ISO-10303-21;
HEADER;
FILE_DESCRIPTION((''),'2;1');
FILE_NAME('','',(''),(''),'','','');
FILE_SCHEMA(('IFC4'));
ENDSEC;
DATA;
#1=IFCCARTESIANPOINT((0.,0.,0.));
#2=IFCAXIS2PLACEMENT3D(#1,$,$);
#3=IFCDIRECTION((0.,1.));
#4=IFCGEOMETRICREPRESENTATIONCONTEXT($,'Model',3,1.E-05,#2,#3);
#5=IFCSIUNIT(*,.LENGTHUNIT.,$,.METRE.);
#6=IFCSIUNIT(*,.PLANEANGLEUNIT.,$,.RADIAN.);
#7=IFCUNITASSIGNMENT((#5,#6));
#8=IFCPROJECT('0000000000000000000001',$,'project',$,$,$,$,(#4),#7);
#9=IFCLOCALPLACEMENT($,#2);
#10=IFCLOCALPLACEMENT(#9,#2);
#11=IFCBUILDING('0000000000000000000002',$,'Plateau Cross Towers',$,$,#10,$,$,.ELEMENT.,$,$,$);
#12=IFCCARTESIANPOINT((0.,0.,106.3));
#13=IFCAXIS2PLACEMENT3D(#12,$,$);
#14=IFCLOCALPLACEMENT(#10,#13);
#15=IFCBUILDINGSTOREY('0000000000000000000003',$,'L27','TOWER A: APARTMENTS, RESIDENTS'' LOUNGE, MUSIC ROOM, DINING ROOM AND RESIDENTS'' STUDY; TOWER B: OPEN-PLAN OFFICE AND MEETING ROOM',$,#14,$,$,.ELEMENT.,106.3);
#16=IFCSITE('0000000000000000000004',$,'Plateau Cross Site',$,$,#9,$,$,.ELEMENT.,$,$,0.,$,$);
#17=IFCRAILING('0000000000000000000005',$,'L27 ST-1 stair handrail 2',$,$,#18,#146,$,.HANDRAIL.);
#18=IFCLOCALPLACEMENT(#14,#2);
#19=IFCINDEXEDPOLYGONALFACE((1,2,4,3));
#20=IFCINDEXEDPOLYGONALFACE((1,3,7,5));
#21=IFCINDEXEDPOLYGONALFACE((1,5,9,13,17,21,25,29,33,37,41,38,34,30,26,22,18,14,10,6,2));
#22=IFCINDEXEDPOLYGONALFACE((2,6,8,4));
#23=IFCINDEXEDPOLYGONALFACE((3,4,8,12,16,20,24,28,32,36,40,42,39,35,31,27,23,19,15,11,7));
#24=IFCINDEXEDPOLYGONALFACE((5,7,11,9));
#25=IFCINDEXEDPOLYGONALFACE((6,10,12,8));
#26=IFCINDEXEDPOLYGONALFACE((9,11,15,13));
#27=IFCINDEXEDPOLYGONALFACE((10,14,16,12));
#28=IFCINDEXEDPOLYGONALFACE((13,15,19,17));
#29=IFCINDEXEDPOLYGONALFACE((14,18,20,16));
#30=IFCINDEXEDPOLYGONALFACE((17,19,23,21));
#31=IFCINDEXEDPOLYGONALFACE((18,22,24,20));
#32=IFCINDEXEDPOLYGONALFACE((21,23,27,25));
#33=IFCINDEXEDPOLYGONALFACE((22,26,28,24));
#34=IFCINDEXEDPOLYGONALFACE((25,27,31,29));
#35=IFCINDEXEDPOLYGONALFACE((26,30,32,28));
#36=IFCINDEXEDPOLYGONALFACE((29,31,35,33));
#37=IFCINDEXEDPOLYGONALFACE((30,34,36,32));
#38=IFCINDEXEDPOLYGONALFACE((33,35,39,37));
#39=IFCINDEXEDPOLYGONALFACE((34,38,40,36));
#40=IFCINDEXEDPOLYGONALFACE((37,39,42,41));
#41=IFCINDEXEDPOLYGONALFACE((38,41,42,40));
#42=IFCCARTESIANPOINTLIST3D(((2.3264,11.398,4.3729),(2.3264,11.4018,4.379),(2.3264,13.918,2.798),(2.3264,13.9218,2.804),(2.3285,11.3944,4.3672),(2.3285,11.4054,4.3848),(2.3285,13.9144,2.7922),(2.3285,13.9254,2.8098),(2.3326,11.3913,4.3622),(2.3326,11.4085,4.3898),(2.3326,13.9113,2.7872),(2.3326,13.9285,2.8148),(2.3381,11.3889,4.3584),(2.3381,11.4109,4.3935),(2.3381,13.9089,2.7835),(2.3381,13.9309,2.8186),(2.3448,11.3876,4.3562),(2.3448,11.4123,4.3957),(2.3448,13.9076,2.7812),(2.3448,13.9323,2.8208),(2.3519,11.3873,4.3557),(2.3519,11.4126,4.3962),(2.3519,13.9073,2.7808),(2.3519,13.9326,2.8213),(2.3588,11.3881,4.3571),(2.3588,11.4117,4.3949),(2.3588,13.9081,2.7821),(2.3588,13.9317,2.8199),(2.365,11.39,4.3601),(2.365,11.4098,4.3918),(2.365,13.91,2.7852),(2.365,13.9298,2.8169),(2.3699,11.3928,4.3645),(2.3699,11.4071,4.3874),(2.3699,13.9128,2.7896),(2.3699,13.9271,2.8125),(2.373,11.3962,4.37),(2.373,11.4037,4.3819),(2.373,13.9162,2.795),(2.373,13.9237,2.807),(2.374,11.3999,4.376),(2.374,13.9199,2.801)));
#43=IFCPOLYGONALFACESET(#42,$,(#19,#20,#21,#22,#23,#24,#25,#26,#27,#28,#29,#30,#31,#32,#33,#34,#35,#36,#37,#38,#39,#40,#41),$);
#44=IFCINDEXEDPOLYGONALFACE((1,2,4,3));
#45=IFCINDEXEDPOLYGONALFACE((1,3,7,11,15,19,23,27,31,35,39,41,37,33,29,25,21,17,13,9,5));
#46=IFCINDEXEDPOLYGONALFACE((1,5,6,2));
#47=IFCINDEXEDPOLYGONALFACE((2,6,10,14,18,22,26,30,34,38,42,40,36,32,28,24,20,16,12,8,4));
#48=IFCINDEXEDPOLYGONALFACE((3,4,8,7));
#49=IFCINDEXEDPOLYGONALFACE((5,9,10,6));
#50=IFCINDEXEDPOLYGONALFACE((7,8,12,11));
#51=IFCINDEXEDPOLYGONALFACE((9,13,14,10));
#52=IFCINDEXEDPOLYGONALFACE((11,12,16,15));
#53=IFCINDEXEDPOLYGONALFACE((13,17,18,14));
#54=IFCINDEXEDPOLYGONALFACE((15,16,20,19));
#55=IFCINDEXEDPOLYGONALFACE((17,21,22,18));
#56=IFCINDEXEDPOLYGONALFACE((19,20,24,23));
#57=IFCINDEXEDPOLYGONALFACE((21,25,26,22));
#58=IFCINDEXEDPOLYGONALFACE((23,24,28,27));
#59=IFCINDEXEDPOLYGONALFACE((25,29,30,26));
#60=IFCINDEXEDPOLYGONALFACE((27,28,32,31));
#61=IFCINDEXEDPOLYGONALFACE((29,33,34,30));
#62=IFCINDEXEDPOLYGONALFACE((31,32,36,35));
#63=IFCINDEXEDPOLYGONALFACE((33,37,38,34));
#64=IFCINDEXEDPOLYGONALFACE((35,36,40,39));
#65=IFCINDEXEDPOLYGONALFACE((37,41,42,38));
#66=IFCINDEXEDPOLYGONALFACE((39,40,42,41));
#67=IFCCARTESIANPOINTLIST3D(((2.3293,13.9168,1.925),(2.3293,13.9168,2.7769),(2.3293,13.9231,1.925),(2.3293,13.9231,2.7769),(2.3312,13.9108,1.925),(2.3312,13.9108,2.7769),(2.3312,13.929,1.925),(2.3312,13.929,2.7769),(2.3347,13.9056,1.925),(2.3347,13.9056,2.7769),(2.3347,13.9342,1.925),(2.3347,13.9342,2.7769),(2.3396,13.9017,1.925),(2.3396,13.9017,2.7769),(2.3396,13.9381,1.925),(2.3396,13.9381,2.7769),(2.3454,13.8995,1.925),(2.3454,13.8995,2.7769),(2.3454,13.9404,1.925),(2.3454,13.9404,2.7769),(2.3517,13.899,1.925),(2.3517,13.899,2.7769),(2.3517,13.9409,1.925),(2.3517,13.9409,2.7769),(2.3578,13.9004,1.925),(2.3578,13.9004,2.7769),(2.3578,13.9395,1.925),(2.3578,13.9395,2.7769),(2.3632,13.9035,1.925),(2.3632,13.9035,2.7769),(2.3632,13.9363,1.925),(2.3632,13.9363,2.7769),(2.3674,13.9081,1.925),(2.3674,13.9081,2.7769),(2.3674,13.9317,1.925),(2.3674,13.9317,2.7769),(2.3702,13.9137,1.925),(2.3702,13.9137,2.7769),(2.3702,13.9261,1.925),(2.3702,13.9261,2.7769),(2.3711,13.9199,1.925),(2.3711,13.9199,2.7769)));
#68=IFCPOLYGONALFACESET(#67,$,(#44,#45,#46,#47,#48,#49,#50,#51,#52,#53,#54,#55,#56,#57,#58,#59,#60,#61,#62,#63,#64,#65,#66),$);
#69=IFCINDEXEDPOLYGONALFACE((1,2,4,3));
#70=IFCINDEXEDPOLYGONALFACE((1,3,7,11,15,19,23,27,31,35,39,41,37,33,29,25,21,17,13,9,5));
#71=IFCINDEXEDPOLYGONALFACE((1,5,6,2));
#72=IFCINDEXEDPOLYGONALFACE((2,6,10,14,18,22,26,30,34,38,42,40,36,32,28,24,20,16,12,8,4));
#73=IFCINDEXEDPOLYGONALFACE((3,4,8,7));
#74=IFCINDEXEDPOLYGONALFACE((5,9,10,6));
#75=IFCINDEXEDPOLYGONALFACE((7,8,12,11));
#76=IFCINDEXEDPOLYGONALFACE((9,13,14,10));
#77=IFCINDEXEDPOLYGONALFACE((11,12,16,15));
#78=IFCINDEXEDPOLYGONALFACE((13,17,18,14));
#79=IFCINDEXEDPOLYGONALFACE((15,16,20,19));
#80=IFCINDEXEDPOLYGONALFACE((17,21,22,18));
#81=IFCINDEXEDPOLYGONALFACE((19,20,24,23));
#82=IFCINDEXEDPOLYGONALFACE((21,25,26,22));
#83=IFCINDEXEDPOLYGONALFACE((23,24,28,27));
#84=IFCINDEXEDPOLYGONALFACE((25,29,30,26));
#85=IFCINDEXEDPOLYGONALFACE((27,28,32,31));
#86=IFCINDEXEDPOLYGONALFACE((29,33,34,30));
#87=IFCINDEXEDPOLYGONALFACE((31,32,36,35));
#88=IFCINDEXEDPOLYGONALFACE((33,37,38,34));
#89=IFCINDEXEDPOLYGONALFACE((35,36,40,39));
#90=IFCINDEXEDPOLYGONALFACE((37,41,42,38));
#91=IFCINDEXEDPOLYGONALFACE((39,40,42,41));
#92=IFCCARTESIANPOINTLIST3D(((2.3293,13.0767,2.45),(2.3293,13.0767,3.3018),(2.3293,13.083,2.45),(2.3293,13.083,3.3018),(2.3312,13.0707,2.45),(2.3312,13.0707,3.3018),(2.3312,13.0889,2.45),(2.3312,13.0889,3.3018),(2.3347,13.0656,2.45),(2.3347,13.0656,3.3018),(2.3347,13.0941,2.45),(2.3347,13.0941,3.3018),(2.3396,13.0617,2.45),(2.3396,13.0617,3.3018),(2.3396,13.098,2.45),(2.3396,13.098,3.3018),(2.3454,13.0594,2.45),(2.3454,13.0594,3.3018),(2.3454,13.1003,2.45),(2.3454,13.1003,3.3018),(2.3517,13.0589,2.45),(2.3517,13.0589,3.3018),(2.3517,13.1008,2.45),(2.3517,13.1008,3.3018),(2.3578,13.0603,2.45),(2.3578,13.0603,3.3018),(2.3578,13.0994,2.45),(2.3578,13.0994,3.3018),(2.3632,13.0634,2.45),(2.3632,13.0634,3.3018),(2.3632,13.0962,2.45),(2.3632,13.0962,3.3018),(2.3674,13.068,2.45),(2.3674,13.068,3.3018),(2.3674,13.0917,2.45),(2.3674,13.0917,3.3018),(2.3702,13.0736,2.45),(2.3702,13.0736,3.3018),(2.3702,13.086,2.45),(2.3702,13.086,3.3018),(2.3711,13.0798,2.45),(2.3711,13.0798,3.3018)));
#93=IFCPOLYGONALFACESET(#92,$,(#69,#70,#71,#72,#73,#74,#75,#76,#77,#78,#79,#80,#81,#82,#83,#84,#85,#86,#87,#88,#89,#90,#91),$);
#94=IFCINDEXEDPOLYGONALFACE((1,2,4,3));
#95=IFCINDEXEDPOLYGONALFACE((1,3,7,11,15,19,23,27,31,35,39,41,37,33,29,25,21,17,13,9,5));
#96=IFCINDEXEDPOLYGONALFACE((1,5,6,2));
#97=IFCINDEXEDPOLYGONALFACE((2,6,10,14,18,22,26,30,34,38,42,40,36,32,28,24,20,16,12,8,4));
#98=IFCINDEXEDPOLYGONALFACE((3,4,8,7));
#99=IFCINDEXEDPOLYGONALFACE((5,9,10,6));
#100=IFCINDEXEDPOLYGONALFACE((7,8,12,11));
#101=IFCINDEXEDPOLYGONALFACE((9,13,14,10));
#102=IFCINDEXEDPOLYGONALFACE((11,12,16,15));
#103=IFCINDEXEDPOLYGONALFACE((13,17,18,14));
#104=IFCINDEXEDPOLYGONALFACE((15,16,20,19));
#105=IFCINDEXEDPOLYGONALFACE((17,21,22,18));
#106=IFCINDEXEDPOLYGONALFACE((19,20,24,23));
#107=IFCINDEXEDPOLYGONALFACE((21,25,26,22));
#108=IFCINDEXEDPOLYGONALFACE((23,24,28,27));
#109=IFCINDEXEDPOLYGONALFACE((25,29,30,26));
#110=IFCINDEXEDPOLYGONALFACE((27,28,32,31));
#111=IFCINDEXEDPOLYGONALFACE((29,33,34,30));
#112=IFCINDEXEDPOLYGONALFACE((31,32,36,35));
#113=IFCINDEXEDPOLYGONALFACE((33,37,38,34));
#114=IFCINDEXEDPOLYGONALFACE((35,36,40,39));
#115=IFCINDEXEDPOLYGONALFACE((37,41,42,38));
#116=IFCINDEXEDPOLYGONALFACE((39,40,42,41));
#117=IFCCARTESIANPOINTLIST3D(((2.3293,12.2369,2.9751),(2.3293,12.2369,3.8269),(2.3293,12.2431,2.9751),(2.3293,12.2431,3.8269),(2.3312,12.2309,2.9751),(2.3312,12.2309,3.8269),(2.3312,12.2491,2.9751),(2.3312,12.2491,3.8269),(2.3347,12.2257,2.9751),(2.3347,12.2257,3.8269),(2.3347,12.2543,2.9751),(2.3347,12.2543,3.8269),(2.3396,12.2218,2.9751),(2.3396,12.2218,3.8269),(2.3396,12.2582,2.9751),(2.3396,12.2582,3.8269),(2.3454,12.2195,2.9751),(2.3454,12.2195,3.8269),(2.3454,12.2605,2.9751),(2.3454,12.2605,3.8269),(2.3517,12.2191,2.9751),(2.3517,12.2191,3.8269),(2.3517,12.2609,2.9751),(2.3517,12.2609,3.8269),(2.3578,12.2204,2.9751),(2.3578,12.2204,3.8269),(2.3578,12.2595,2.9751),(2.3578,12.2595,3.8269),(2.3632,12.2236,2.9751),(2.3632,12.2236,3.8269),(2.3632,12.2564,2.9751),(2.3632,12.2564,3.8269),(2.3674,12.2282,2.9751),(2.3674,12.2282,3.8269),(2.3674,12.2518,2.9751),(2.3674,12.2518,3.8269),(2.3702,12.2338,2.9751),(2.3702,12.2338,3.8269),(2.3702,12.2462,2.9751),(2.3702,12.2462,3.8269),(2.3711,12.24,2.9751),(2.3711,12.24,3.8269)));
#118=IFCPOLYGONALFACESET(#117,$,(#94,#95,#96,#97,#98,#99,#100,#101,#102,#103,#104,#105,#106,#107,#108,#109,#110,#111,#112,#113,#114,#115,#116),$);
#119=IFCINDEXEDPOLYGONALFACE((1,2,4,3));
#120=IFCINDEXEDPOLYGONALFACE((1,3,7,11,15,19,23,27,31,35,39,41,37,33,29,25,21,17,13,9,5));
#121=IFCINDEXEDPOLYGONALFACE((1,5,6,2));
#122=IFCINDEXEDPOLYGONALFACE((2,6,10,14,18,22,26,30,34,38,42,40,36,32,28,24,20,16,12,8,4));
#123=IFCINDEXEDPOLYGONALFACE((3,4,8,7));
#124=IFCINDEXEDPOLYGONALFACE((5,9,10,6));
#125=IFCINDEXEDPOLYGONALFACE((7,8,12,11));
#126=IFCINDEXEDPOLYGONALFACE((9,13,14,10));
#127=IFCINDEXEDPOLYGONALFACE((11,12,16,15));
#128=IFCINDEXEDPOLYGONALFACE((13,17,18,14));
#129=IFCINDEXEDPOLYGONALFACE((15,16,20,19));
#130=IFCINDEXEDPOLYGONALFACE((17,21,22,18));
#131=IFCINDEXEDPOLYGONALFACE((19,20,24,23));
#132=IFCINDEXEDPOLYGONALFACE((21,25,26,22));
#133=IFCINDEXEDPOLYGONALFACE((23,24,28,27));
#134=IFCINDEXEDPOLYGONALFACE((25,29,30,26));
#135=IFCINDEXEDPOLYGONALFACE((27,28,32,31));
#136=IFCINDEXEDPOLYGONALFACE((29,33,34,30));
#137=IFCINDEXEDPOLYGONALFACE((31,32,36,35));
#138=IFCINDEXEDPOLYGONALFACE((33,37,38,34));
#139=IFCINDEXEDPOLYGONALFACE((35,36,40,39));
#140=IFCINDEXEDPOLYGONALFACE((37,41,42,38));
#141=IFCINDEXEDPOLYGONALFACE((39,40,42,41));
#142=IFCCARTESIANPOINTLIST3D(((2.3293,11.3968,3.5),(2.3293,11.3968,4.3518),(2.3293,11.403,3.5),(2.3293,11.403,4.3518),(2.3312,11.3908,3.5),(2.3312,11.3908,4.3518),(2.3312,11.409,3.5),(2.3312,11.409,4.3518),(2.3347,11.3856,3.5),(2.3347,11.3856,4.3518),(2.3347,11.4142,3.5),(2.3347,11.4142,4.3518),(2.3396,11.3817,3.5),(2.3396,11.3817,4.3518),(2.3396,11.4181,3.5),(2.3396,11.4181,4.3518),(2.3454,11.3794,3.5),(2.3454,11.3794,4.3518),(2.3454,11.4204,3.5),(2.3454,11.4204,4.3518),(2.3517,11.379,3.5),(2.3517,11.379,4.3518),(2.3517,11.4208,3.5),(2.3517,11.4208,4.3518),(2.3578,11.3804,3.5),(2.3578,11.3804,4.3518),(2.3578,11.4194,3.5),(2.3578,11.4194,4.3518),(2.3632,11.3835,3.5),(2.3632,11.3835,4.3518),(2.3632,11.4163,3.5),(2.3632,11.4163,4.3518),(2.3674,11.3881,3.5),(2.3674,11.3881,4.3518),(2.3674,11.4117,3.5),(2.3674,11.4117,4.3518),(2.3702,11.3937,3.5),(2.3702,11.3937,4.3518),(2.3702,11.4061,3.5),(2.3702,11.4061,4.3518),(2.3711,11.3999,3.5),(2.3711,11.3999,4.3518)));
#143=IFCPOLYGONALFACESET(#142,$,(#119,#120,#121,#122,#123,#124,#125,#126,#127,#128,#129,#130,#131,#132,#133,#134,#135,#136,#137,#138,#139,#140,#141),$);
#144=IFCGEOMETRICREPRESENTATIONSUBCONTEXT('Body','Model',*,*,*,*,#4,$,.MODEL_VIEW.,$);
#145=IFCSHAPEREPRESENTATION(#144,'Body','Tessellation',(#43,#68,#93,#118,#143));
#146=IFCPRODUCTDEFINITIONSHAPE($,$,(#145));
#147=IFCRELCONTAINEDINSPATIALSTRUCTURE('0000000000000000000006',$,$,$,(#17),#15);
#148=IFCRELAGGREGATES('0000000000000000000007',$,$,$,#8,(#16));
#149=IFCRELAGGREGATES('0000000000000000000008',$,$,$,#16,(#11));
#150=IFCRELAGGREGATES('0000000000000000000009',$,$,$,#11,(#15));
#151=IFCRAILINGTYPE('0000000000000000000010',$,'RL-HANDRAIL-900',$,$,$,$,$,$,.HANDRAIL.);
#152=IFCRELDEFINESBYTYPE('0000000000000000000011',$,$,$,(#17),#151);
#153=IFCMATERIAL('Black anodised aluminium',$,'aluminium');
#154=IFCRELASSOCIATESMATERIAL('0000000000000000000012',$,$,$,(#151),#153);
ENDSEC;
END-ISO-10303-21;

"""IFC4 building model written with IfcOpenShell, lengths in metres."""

from ifc_helpers import new_model, si_unit, direction, frame, origin, origin_2d, place, context, subcontext, project, spatial, circle, extrude, material, type_object, element, save


model = new_model("IFC4")

# Units and contexts
model_context = context("Model", 3, precision=1e-05, world=origin(), true_north=direction((0.0, 1.0)))
body_context = subcontext(model_context, "Body", "Model", "MODEL_VIEW")
ifc_project = project(units=[si_unit("LENGTHUNIT", "METRE"), si_unit("PLANEANGLEUNIT", "RADIAN")], contexts=[model_context])

# Site, building, storey
site_placement = place(None, origin())
site = spatial("IfcSite", under=ifc_project, at=site_placement, Name="Plateau Cross Site", CompositionType="ELEMENT", RefElevation=0.0)
building_placement = place(site_placement, origin())
building = spatial("IfcBuilding", under=site, at=building_placement, Name="Plateau Cross Towers", CompositionType="ELEMENT")
storey_placement = place(building_placement, frame((0.0, 0.0, 106.3)))
storey = spatial("IfcBuildingStorey", under=building, at=storey_placement, Name="L27", Description="TOWER A: APARTMENTS, RESIDENTS' LOUNGE, MUSIC ROOM, DINING ROOM AND RESIDENTS' STUDY; TOWER B: OPEN-PLAN OFFICE AND MEETING ROOM", CompositionType="ELEMENT", Elevation=106.3)

# Shared definitions
ifc_material_1 = material(Name="Black anodised aluminium", Category="aluminium")

# Railing
railing_type_1 = type_object("IfcRailingType", Name="RL-HANDRAIL-900", PredefinedType="HANDRAIL", material=ifc_material_1)
railing_1_placement = place(storey_placement, frame((2.3501, 13.9199, 1.925)))
element("IfcRailing", 1, at=railing_1_placement, inside=storey, type_object=railing_type_1, Name="L27 ST-1 stair handrail 2", PredefinedType="HANDRAIL", context=body_context, shape_type="SweptSolid", body=[
    extrude(circle(Radius=0.0239, at=origin_2d()), frame((0.0, 0.0, 0.876), z_axis=(0.0, -0.848008, 0.529984), x_axis=(1.0, 0.0, 0.0)), (0.0, 0.0, 1.0), 2.9717),
    extrude(circle(Radius=0.021, at=origin_2d()), origin(), (0.0, 0.0, 1.0), 0.8518),
    extrude(circle(Radius=0.021, at=origin_2d()), frame((0.0, -0.8401, 0.5249)), (0.0, 0.0, 1.0), 0.8518),
    extrude(circle(Radius=0.021, at=origin_2d()), frame((0.0, -1.6799, 1.05)), (0.0, 0.0, 1.0), 0.8518),
    extrude(circle(Radius=0.021, at=origin_2d()), frame((0.0, -2.52, 1.575)), (0.0, 0.0, 1.0), 0.8518),
])

save(model, "model.ifc")
